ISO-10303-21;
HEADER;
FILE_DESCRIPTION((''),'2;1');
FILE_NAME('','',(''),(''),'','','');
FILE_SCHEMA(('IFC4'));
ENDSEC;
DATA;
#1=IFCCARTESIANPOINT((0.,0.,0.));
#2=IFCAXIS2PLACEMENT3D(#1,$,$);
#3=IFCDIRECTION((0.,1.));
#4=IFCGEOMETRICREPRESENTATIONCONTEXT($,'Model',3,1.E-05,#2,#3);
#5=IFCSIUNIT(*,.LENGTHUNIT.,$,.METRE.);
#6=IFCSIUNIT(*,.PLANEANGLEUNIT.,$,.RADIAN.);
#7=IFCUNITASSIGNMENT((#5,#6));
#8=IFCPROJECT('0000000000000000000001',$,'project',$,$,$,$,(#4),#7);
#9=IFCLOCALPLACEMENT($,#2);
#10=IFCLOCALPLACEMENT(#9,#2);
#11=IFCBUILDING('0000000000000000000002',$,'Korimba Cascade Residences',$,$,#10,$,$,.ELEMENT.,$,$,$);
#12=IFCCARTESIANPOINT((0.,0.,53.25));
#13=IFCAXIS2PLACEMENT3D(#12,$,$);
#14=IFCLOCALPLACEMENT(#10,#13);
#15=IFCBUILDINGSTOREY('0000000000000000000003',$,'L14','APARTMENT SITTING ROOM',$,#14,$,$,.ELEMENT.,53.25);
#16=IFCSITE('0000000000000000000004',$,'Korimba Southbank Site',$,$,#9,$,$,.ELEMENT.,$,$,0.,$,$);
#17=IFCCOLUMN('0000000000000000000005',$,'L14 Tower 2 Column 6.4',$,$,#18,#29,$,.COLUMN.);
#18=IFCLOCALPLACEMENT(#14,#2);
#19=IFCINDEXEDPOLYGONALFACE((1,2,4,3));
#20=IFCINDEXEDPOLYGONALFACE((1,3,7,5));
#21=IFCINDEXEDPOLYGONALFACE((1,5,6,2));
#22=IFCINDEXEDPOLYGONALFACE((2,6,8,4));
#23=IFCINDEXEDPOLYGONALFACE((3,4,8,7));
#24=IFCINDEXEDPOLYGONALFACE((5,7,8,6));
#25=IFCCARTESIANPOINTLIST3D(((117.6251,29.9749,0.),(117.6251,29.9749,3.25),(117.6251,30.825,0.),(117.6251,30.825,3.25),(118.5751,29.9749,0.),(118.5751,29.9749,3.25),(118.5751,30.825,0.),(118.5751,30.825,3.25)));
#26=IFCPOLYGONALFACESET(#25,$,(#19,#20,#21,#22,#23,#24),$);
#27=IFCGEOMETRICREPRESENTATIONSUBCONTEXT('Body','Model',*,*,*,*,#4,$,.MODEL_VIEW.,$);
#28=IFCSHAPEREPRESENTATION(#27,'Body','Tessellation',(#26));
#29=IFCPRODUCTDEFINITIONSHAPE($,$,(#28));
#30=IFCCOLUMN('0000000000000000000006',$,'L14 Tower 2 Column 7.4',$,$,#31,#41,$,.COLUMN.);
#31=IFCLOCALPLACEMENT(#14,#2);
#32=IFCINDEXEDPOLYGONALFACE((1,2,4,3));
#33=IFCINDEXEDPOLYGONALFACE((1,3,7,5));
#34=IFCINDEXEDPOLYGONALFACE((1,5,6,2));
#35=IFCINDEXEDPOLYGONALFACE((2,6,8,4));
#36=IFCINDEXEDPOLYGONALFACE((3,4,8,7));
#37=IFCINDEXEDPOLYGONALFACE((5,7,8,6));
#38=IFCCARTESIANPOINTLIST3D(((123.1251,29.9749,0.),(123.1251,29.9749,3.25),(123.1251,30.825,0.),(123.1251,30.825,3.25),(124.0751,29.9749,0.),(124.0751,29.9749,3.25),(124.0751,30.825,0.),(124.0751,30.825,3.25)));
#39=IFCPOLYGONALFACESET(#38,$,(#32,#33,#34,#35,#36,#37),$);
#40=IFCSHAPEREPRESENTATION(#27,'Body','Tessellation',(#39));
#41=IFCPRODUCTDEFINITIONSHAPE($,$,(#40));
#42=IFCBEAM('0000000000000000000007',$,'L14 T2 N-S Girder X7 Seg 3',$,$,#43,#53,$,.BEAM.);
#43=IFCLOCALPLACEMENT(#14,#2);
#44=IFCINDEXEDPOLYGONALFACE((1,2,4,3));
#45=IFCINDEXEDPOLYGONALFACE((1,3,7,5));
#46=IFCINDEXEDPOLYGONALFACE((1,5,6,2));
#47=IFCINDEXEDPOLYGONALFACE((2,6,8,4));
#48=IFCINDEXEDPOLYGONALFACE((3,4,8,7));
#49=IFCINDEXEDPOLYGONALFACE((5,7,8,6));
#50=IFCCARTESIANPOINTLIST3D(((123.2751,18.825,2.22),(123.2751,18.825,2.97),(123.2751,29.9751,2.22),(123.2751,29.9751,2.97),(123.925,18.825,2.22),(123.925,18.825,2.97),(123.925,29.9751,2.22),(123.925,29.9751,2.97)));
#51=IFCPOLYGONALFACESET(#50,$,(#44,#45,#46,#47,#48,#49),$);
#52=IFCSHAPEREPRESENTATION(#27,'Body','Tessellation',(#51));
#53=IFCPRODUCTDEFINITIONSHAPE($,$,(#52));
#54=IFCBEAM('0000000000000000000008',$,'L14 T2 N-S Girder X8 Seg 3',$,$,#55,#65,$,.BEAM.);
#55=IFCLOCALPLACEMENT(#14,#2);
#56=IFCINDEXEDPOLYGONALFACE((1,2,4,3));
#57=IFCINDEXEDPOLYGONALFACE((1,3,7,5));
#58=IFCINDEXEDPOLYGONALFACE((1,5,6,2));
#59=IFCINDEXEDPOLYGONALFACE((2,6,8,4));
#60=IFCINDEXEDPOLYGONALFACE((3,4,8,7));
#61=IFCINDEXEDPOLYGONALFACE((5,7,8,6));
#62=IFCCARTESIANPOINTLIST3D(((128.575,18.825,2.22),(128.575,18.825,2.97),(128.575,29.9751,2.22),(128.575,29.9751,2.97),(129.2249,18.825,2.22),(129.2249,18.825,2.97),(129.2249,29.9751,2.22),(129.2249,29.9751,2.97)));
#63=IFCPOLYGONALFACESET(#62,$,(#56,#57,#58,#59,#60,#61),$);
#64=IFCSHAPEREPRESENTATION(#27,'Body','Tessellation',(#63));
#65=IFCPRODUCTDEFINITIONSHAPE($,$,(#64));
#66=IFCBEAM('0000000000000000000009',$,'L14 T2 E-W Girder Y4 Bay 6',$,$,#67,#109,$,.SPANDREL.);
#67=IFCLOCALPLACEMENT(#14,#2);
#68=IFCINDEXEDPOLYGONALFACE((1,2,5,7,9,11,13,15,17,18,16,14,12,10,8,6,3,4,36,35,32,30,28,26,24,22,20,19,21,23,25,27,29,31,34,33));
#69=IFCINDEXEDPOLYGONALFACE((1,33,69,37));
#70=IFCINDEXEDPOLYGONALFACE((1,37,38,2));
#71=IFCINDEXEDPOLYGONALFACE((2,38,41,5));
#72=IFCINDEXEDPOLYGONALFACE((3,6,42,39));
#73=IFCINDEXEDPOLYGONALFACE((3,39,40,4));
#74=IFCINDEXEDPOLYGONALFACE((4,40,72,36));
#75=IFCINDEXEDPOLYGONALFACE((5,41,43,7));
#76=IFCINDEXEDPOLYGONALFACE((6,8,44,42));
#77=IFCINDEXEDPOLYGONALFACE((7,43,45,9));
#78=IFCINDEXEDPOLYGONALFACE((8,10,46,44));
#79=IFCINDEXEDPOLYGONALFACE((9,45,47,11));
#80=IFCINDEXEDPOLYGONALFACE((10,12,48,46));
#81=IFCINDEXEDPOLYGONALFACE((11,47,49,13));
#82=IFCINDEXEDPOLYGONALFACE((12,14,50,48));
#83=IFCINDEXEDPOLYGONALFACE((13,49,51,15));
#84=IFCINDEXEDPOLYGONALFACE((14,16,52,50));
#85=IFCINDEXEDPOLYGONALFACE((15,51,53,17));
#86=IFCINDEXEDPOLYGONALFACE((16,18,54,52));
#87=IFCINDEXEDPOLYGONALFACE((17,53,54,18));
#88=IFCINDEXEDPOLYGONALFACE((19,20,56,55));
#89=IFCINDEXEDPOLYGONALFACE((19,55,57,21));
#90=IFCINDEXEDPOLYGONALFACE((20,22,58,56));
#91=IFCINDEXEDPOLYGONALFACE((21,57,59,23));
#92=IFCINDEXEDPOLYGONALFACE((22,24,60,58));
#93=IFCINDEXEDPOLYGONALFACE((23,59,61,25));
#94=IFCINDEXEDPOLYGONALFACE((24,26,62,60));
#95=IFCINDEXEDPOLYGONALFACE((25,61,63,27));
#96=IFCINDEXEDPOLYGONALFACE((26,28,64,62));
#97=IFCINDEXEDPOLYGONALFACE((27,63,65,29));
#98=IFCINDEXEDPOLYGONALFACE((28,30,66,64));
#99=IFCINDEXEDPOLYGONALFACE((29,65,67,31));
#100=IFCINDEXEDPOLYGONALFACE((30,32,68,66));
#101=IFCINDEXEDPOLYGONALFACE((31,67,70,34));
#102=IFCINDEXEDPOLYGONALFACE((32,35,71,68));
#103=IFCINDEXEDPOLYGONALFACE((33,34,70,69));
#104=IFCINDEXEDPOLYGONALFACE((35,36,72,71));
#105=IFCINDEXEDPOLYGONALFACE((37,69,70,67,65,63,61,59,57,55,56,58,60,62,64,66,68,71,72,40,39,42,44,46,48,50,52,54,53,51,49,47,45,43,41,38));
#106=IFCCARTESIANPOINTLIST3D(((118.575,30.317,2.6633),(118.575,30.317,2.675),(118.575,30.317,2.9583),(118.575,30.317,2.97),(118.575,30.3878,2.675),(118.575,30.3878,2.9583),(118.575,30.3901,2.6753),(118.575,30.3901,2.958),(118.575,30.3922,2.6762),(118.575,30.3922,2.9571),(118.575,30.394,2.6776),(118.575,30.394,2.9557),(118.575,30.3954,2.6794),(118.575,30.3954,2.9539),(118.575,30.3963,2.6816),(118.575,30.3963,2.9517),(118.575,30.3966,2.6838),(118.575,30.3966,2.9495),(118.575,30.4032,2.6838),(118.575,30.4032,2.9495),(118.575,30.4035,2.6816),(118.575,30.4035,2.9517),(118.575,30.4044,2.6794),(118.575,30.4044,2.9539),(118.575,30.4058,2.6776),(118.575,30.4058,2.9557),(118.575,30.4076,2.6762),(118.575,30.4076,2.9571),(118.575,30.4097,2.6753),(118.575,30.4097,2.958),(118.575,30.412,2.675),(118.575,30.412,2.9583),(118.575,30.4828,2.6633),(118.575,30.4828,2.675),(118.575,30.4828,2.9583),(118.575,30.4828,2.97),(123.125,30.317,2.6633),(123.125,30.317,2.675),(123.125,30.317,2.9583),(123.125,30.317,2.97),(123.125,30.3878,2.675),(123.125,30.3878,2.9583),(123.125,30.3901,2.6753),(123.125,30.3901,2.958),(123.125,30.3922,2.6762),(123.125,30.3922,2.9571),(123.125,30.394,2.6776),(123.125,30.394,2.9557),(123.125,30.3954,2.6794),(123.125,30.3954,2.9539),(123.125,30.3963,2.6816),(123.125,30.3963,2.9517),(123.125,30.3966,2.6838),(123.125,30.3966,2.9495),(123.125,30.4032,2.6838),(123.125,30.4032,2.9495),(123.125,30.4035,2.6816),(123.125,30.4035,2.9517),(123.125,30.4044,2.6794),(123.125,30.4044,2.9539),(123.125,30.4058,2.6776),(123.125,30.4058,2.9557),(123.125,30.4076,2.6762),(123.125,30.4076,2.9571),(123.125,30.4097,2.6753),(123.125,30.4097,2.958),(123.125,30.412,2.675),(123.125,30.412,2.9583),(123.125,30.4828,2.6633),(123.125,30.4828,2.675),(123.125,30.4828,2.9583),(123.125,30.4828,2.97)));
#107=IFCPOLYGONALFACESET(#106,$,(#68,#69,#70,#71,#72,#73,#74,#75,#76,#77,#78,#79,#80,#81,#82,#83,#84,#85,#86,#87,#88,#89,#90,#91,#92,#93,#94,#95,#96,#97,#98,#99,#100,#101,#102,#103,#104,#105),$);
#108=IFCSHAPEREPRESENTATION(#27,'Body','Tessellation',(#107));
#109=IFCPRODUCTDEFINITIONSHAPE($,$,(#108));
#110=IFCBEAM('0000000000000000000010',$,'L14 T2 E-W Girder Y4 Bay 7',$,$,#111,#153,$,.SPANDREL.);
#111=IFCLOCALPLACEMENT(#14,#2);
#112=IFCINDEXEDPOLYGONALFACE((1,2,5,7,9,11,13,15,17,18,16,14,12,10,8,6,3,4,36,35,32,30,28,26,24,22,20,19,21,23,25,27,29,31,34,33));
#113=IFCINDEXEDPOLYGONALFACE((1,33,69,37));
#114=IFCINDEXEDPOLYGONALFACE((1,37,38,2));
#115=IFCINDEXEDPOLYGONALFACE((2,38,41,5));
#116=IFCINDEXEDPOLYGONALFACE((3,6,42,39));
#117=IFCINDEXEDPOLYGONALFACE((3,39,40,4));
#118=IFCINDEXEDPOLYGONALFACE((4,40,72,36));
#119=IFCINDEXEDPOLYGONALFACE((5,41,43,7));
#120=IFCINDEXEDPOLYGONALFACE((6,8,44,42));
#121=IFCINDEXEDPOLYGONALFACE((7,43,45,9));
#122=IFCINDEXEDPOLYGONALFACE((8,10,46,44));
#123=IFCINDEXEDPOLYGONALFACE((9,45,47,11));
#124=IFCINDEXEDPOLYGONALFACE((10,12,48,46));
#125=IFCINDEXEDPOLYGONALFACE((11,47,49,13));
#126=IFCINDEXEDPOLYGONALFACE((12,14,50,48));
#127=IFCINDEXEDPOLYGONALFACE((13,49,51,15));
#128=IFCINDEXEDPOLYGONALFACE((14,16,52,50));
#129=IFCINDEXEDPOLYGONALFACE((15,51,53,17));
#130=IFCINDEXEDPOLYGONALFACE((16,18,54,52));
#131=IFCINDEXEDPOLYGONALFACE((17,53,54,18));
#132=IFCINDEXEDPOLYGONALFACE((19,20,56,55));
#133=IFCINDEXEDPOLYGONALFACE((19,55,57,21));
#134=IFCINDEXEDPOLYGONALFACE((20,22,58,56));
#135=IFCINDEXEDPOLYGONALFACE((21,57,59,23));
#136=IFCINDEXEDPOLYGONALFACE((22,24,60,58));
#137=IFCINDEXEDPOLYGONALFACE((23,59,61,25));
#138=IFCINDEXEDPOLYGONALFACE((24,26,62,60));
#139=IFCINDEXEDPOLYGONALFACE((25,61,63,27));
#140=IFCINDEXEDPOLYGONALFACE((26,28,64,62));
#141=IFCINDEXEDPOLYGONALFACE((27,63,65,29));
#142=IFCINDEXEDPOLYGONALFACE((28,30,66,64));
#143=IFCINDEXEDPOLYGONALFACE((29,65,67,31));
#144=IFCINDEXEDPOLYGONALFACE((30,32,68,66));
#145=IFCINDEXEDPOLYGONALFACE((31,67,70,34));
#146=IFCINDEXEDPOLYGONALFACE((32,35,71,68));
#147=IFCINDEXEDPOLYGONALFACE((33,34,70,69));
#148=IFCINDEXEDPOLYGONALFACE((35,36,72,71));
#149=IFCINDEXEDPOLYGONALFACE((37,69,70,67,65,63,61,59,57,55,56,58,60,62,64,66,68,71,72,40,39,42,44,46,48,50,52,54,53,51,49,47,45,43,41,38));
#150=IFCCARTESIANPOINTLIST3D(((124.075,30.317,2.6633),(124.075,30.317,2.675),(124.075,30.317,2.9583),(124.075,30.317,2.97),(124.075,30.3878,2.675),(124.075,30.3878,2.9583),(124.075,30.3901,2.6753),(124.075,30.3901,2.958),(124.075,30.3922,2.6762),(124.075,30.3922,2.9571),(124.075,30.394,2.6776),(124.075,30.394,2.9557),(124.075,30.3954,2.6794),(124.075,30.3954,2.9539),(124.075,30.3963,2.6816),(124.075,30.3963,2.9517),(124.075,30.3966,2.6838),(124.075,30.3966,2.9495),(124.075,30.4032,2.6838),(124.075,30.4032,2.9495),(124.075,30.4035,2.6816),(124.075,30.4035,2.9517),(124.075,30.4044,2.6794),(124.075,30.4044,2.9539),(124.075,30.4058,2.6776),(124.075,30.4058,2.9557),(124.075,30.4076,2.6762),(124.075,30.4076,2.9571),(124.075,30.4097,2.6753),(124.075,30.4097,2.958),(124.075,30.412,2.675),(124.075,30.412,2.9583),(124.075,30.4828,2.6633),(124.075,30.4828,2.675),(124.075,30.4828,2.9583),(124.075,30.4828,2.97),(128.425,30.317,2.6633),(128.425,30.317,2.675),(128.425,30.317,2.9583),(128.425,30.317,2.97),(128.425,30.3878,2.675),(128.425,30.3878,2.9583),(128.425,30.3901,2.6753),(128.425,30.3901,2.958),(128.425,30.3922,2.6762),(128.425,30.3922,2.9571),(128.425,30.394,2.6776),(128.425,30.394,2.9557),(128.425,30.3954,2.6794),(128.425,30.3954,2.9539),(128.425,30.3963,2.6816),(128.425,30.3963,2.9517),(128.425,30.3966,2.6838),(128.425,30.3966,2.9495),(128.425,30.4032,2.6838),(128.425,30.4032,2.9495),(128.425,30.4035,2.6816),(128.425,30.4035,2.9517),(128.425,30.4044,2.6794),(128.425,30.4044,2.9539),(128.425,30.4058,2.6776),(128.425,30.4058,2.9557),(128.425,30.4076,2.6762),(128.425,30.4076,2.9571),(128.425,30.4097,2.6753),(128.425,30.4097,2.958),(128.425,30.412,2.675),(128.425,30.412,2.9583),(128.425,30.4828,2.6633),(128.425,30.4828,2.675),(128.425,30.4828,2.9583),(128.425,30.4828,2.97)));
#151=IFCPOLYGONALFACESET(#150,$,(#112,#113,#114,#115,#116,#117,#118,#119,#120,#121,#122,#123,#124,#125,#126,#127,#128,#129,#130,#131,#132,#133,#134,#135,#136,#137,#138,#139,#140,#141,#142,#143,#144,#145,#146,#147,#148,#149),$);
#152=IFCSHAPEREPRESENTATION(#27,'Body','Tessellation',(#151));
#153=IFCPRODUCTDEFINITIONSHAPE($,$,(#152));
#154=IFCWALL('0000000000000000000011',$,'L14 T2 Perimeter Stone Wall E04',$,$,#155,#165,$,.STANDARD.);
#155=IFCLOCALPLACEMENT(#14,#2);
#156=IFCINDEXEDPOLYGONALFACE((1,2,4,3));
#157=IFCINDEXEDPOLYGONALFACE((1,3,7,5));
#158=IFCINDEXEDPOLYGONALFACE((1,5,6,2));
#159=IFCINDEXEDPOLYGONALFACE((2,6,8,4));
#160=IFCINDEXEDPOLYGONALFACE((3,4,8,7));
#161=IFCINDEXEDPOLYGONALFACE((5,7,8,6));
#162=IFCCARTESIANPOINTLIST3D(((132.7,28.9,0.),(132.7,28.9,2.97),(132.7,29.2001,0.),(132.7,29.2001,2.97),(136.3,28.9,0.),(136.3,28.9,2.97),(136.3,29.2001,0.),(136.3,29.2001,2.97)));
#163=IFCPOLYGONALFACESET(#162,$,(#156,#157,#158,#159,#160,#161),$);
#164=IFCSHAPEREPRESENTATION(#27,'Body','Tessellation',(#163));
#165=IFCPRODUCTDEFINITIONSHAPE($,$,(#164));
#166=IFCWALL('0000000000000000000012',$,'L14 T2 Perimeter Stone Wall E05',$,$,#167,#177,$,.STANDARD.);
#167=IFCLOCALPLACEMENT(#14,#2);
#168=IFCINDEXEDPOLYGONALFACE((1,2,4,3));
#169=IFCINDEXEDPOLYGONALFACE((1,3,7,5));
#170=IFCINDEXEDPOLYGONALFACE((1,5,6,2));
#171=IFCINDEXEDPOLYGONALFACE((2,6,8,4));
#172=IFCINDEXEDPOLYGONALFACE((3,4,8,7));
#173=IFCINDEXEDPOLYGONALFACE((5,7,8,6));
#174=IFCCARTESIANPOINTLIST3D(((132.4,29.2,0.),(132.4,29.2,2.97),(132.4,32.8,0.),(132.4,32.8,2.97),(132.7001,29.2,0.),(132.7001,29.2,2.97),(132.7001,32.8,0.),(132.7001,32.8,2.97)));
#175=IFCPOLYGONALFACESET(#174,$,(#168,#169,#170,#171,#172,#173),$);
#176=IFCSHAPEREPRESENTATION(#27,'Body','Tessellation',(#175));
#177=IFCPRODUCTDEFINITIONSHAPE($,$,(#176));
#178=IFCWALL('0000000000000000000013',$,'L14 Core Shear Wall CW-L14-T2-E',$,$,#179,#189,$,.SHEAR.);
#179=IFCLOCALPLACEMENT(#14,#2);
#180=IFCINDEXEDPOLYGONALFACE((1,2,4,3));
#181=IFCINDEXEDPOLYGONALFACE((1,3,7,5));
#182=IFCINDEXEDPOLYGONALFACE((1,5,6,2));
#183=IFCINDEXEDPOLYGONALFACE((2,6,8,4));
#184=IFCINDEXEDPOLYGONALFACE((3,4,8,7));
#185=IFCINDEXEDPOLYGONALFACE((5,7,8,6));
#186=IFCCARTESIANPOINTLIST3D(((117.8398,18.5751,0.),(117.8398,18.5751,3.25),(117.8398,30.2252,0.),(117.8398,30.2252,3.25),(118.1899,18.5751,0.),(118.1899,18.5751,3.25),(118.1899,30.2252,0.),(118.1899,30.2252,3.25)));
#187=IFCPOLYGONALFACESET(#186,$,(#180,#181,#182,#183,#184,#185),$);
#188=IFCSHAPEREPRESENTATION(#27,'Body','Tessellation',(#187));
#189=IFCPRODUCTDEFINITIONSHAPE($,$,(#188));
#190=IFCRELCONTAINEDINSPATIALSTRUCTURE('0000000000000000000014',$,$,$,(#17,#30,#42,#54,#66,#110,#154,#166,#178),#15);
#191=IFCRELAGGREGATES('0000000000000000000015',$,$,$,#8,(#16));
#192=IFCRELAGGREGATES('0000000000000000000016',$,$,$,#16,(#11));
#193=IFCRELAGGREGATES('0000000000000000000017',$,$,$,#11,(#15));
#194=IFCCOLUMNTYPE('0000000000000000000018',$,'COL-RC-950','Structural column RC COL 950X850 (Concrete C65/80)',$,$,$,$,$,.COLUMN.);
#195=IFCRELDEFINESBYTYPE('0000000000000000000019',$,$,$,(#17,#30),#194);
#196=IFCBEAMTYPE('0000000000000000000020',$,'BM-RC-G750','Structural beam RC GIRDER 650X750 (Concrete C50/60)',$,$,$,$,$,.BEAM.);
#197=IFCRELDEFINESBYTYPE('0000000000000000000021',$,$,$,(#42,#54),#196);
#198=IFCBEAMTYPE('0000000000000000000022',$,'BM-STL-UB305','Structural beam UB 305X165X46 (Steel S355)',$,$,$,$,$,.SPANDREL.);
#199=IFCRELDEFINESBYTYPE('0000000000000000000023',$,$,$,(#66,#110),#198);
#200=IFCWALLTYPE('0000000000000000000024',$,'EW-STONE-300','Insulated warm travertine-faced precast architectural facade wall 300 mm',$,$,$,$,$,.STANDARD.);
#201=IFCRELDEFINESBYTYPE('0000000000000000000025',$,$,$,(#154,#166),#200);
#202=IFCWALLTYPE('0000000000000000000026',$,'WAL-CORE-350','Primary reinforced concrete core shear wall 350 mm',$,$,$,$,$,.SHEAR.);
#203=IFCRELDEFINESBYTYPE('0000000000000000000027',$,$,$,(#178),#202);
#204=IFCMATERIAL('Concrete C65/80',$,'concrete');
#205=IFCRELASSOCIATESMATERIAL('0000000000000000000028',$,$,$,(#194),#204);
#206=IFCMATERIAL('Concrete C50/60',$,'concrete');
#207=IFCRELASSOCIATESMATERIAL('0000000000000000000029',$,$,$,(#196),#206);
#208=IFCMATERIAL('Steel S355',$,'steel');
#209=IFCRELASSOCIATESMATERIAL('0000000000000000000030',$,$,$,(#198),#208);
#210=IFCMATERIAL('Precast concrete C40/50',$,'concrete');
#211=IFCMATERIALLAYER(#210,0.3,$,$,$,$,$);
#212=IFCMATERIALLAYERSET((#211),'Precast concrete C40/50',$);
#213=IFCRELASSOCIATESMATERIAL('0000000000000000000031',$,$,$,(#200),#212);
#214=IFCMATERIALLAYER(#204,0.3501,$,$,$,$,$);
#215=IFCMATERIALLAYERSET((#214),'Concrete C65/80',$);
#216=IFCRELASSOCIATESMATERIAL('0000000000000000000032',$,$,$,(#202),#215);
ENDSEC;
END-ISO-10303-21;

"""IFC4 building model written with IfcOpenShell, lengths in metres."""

from ifc_helpers import new_model, si_unit, direction, frame, frame_2d, origin, origin_2d, place, context, subcontext, project, spatial, rectangle, i_section, extrude, material, layer, layer_set, material_profile, profile_set, type_object, element, save


model = new_model("IFC4")

# Units and contexts
model_context = context("Model", 3, precision=1e-05, world=origin(), true_north=direction((0.0, 1.0)))
body_context = subcontext(model_context, "Body", "Model", "MODEL_VIEW")
ifc_project = project(units=[si_unit("LENGTHUNIT", "METRE"), si_unit("PLANEANGLEUNIT", "RADIAN")], contexts=[model_context])

# Site, building, storey
site_placement = place(None, origin())
site = spatial("IfcSite", under=ifc_project, at=site_placement, Name="Korimba Southbank Site", CompositionType="ELEMENT", RefElevation=0.0)
building_placement = place(site_placement, origin())
building = spatial("IfcBuilding", under=site, at=building_placement, Name="Korimba Cascade Residences", CompositionType="ELEMENT")
storey_placement = place(building_placement, frame((0.0, 0.0, 53.25)))
storey = spatial("IfcBuildingStorey", under=building, at=storey_placement, Name="L14", Description="APARTMENT SITTING ROOM", CompositionType="ELEMENT", Elevation=53.25)

# Columns
ifc_material_1 = material(Name="Concrete C65/80", Category="concrete")
ifc_material_profile_1 = material_profile(ifc_material_1, rectangle(XDim=0.95, YDim=0.8501, at=origin_2d()), Name="Concrete C65/80")
ifc_profile_set_1 = profile_set([ifc_material_profile_1], Name="Concrete C65/80")
column_type = type_object("IfcColumnType", Name="COL-RC-950", Description="Structural column RC COL 950X850 (Concrete C65/80)", PredefinedType="COLUMN", material=ifc_profile_set_1)
for number, where, z_axis, x_axis, name in (
    (1, (118.1001, 30.3999, 0.0), (0.0, 0.0, 1.0), (1.0, 0.0, 0.0), "L14 Tower 2 Column 6.4"),
    (2, (123.6001, 30.3999, 0.0), (0.0, 0.0, 1.0), (1.0, 0.0, 0.0), "L14 Tower 2 Column 7.4"),
):
    element("IfcColumn", number, at=place(storey_placement, frame(where, z_axis=z_axis, x_axis=x_axis)), inside=storey, type_object=column_type, Name=name, PredefinedType="COLUMN", context=body_context, shape_type="SweptSolid", body=[
        extrude(rectangle(XDim=0.95, YDim=0.8501, at=origin_2d()), origin(), (0.0, 0.0, 1.0), 3.25),
    ])

# Beams
ifc_material_2 = material(Name="Concrete C50/60", Category="concrete")
ifc_material_profile_2 = material_profile(ifc_material_2, rectangle(XDim=0.6499, YDim=0.75, at=origin_2d()), Name="Concrete C50/60")
ifc_profile_set_2 = profile_set([ifc_material_profile_2], Name="Concrete C50/60")
beam_type_1 = type_object("IfcBeamType", Name="BM-RC-G750", Description="Structural beam RC GIRDER 650X750 (Concrete C50/60)", PredefinedType="BEAM", material=ifc_profile_set_2)
for number, where, z_axis, x_axis, name in (
    (3, (123.6001, 18.825, 2.595), (0.0, 1.0, 0.0), (-1.0, 0.0, 0.0), "L14 T2 N-S Girder X7 Seg 3"),
    (4, (128.8999, 18.825, 2.595), (0.0, 1.0, 0.0), (-1.0, 0.0, 0.0), "L14 T2 N-S Girder X8 Seg 3"),
):
    element("IfcBeam", number, at=place(storey_placement, frame(where, z_axis=z_axis, x_axis=x_axis)), inside=storey, type_object=beam_type_1, Name=name, PredefinedType="BEAM", context=body_context, shape_type="SweptSolid", body=[
        extrude(rectangle(XDim=0.6499, YDim=0.75, at=origin_2d()), origin(), (0.0, 0.0, 1.0), 11.1501),
    ])
ifc_material_3 = material(Name="Steel S355", Category="steel")
ifc_material_profile_3 = material_profile(ifc_material_3, i_section(OverallWidth=0.1658, OverallDepth=0.3066, WebThickness=0.0066, FlangeThickness=0.0117, FilletRadius=0.0088, at=origin_2d()), Name="Steel S355")
ifc_profile_set_3 = profile_set([ifc_material_profile_3], Name="Steel S355")
beam_type_2 = type_object("IfcBeamType", Name="BM-STL-UB305", Description="Structural beam UB 305X165X46 (Steel S355)", PredefinedType="SPANDREL", material=ifc_profile_set_3)
beam_1_placement = place(storey_placement, frame((118.575, 30.3999, 2.8167), z_axis=(1.0, 0.0, 0.0), x_axis=(0.0, 1.0, 0.0)))
element("IfcBeam", 5, at=beam_1_placement, inside=storey, type_object=beam_type_2, Name="L14 T2 E-W Girder Y4 Bay 6", PredefinedType="SPANDREL", context=body_context, shape_type="SweptSolid", body=[
    extrude(i_section(OverallWidth=0.1658, OverallDepth=0.3066, WebThickness=0.0066, FlangeThickness=0.0117, FilletRadius=0.0088, at=origin_2d()), origin(), (0.0, 0.0, 1.0), 4.55),
])
beam_2_placement = place(storey_placement, frame((124.075, 30.3999, 2.8167), z_axis=(1.0, 0.0, 0.0), x_axis=(0.0, 1.0, 0.0)))
element("IfcBeam", 6, at=beam_2_placement, inside=storey, type_object=beam_type_2, Name="L14 T2 E-W Girder Y4 Bay 7", PredefinedType="SPANDREL", context=body_context, shape_type="SweptSolid", body=[
    extrude(i_section(OverallWidth=0.1658, OverallDepth=0.3066, WebThickness=0.0066, FlangeThickness=0.0117, FilletRadius=0.0088, at=origin_2d()), origin(), (0.0, 0.0, 1.0), 4.3501),
])

# Walls
ifc_material_4 = material(Name="Precast concrete C40/50", Category="concrete")
ifc_layer_1 = layer(ifc_material_4, 0.3)
ifc_layer_set_1 = layer_set([ifc_layer_1], Name="Precast concrete C40/50")
wall_type_1 = type_object("IfcWallType", Name="EW-STONE-300", Description="Insulated warm travertine-faced precast architectural facade wall 300 mm", PredefinedType="STANDARD", material=ifc_layer_set_1)
for number, where, z_axis, x_axis, name in (
    (7, (136.3, 29.05, 0.0), (0.0, 0.0, 1.0), (-1.0, 0.0, 0.0), "L14 T2 Perimeter Stone Wall E04"),
    (8, (132.55, 29.2, 0.0), (0.0, 0.0, 1.0), (0.0, 1.0, 0.0), "L14 T2 Perimeter Stone Wall E05"),
):
    element("IfcWall", number, at=place(storey_placement, frame(where, z_axis=z_axis, x_axis=x_axis)), inside=storey, type_object=wall_type_1, Name=name, PredefinedType="STANDARD", context=body_context, shape_type="SweptSolid", body=[
        extrude(rectangle(XDim=3.6001, YDim=0.3, at=frame_2d((1.8, 0.0))), origin(), (0.0, 0.0, 1.0), 2.97),
    ])
ifc_layer_2 = layer(ifc_material_1, 0.3501)
ifc_layer_set_2 = layer_set([ifc_layer_2], Name="Concrete C65/80")
wall_type_2 = type_object("IfcWallType", Name="WAL-CORE-350", Description="Primary reinforced concrete core shear wall 350 mm", PredefinedType="SHEAR", material=ifc_layer_set_2)
wall_1_placement = place(storey_placement, frame((118.0149, 18.575, 0.0), z_axis=(0.0, 0.0, 1.0), x_axis=(0.0, 1.0, 0.0)))
element("IfcWall", 9, at=wall_1_placement, inside=storey, type_object=wall_type_2, Name="L14 Core Shear Wall CW-L14-T2-E", PredefinedType="SHEAR", context=body_context, shape_type="SweptSolid", body=[
    extrude(rectangle(XDim=11.6501, YDim=0.3501, at=frame_2d((5.8252, 0.0))), origin(), (0.0, 0.0, 1.0), 3.25),
])

save(model, "model.ifc")
